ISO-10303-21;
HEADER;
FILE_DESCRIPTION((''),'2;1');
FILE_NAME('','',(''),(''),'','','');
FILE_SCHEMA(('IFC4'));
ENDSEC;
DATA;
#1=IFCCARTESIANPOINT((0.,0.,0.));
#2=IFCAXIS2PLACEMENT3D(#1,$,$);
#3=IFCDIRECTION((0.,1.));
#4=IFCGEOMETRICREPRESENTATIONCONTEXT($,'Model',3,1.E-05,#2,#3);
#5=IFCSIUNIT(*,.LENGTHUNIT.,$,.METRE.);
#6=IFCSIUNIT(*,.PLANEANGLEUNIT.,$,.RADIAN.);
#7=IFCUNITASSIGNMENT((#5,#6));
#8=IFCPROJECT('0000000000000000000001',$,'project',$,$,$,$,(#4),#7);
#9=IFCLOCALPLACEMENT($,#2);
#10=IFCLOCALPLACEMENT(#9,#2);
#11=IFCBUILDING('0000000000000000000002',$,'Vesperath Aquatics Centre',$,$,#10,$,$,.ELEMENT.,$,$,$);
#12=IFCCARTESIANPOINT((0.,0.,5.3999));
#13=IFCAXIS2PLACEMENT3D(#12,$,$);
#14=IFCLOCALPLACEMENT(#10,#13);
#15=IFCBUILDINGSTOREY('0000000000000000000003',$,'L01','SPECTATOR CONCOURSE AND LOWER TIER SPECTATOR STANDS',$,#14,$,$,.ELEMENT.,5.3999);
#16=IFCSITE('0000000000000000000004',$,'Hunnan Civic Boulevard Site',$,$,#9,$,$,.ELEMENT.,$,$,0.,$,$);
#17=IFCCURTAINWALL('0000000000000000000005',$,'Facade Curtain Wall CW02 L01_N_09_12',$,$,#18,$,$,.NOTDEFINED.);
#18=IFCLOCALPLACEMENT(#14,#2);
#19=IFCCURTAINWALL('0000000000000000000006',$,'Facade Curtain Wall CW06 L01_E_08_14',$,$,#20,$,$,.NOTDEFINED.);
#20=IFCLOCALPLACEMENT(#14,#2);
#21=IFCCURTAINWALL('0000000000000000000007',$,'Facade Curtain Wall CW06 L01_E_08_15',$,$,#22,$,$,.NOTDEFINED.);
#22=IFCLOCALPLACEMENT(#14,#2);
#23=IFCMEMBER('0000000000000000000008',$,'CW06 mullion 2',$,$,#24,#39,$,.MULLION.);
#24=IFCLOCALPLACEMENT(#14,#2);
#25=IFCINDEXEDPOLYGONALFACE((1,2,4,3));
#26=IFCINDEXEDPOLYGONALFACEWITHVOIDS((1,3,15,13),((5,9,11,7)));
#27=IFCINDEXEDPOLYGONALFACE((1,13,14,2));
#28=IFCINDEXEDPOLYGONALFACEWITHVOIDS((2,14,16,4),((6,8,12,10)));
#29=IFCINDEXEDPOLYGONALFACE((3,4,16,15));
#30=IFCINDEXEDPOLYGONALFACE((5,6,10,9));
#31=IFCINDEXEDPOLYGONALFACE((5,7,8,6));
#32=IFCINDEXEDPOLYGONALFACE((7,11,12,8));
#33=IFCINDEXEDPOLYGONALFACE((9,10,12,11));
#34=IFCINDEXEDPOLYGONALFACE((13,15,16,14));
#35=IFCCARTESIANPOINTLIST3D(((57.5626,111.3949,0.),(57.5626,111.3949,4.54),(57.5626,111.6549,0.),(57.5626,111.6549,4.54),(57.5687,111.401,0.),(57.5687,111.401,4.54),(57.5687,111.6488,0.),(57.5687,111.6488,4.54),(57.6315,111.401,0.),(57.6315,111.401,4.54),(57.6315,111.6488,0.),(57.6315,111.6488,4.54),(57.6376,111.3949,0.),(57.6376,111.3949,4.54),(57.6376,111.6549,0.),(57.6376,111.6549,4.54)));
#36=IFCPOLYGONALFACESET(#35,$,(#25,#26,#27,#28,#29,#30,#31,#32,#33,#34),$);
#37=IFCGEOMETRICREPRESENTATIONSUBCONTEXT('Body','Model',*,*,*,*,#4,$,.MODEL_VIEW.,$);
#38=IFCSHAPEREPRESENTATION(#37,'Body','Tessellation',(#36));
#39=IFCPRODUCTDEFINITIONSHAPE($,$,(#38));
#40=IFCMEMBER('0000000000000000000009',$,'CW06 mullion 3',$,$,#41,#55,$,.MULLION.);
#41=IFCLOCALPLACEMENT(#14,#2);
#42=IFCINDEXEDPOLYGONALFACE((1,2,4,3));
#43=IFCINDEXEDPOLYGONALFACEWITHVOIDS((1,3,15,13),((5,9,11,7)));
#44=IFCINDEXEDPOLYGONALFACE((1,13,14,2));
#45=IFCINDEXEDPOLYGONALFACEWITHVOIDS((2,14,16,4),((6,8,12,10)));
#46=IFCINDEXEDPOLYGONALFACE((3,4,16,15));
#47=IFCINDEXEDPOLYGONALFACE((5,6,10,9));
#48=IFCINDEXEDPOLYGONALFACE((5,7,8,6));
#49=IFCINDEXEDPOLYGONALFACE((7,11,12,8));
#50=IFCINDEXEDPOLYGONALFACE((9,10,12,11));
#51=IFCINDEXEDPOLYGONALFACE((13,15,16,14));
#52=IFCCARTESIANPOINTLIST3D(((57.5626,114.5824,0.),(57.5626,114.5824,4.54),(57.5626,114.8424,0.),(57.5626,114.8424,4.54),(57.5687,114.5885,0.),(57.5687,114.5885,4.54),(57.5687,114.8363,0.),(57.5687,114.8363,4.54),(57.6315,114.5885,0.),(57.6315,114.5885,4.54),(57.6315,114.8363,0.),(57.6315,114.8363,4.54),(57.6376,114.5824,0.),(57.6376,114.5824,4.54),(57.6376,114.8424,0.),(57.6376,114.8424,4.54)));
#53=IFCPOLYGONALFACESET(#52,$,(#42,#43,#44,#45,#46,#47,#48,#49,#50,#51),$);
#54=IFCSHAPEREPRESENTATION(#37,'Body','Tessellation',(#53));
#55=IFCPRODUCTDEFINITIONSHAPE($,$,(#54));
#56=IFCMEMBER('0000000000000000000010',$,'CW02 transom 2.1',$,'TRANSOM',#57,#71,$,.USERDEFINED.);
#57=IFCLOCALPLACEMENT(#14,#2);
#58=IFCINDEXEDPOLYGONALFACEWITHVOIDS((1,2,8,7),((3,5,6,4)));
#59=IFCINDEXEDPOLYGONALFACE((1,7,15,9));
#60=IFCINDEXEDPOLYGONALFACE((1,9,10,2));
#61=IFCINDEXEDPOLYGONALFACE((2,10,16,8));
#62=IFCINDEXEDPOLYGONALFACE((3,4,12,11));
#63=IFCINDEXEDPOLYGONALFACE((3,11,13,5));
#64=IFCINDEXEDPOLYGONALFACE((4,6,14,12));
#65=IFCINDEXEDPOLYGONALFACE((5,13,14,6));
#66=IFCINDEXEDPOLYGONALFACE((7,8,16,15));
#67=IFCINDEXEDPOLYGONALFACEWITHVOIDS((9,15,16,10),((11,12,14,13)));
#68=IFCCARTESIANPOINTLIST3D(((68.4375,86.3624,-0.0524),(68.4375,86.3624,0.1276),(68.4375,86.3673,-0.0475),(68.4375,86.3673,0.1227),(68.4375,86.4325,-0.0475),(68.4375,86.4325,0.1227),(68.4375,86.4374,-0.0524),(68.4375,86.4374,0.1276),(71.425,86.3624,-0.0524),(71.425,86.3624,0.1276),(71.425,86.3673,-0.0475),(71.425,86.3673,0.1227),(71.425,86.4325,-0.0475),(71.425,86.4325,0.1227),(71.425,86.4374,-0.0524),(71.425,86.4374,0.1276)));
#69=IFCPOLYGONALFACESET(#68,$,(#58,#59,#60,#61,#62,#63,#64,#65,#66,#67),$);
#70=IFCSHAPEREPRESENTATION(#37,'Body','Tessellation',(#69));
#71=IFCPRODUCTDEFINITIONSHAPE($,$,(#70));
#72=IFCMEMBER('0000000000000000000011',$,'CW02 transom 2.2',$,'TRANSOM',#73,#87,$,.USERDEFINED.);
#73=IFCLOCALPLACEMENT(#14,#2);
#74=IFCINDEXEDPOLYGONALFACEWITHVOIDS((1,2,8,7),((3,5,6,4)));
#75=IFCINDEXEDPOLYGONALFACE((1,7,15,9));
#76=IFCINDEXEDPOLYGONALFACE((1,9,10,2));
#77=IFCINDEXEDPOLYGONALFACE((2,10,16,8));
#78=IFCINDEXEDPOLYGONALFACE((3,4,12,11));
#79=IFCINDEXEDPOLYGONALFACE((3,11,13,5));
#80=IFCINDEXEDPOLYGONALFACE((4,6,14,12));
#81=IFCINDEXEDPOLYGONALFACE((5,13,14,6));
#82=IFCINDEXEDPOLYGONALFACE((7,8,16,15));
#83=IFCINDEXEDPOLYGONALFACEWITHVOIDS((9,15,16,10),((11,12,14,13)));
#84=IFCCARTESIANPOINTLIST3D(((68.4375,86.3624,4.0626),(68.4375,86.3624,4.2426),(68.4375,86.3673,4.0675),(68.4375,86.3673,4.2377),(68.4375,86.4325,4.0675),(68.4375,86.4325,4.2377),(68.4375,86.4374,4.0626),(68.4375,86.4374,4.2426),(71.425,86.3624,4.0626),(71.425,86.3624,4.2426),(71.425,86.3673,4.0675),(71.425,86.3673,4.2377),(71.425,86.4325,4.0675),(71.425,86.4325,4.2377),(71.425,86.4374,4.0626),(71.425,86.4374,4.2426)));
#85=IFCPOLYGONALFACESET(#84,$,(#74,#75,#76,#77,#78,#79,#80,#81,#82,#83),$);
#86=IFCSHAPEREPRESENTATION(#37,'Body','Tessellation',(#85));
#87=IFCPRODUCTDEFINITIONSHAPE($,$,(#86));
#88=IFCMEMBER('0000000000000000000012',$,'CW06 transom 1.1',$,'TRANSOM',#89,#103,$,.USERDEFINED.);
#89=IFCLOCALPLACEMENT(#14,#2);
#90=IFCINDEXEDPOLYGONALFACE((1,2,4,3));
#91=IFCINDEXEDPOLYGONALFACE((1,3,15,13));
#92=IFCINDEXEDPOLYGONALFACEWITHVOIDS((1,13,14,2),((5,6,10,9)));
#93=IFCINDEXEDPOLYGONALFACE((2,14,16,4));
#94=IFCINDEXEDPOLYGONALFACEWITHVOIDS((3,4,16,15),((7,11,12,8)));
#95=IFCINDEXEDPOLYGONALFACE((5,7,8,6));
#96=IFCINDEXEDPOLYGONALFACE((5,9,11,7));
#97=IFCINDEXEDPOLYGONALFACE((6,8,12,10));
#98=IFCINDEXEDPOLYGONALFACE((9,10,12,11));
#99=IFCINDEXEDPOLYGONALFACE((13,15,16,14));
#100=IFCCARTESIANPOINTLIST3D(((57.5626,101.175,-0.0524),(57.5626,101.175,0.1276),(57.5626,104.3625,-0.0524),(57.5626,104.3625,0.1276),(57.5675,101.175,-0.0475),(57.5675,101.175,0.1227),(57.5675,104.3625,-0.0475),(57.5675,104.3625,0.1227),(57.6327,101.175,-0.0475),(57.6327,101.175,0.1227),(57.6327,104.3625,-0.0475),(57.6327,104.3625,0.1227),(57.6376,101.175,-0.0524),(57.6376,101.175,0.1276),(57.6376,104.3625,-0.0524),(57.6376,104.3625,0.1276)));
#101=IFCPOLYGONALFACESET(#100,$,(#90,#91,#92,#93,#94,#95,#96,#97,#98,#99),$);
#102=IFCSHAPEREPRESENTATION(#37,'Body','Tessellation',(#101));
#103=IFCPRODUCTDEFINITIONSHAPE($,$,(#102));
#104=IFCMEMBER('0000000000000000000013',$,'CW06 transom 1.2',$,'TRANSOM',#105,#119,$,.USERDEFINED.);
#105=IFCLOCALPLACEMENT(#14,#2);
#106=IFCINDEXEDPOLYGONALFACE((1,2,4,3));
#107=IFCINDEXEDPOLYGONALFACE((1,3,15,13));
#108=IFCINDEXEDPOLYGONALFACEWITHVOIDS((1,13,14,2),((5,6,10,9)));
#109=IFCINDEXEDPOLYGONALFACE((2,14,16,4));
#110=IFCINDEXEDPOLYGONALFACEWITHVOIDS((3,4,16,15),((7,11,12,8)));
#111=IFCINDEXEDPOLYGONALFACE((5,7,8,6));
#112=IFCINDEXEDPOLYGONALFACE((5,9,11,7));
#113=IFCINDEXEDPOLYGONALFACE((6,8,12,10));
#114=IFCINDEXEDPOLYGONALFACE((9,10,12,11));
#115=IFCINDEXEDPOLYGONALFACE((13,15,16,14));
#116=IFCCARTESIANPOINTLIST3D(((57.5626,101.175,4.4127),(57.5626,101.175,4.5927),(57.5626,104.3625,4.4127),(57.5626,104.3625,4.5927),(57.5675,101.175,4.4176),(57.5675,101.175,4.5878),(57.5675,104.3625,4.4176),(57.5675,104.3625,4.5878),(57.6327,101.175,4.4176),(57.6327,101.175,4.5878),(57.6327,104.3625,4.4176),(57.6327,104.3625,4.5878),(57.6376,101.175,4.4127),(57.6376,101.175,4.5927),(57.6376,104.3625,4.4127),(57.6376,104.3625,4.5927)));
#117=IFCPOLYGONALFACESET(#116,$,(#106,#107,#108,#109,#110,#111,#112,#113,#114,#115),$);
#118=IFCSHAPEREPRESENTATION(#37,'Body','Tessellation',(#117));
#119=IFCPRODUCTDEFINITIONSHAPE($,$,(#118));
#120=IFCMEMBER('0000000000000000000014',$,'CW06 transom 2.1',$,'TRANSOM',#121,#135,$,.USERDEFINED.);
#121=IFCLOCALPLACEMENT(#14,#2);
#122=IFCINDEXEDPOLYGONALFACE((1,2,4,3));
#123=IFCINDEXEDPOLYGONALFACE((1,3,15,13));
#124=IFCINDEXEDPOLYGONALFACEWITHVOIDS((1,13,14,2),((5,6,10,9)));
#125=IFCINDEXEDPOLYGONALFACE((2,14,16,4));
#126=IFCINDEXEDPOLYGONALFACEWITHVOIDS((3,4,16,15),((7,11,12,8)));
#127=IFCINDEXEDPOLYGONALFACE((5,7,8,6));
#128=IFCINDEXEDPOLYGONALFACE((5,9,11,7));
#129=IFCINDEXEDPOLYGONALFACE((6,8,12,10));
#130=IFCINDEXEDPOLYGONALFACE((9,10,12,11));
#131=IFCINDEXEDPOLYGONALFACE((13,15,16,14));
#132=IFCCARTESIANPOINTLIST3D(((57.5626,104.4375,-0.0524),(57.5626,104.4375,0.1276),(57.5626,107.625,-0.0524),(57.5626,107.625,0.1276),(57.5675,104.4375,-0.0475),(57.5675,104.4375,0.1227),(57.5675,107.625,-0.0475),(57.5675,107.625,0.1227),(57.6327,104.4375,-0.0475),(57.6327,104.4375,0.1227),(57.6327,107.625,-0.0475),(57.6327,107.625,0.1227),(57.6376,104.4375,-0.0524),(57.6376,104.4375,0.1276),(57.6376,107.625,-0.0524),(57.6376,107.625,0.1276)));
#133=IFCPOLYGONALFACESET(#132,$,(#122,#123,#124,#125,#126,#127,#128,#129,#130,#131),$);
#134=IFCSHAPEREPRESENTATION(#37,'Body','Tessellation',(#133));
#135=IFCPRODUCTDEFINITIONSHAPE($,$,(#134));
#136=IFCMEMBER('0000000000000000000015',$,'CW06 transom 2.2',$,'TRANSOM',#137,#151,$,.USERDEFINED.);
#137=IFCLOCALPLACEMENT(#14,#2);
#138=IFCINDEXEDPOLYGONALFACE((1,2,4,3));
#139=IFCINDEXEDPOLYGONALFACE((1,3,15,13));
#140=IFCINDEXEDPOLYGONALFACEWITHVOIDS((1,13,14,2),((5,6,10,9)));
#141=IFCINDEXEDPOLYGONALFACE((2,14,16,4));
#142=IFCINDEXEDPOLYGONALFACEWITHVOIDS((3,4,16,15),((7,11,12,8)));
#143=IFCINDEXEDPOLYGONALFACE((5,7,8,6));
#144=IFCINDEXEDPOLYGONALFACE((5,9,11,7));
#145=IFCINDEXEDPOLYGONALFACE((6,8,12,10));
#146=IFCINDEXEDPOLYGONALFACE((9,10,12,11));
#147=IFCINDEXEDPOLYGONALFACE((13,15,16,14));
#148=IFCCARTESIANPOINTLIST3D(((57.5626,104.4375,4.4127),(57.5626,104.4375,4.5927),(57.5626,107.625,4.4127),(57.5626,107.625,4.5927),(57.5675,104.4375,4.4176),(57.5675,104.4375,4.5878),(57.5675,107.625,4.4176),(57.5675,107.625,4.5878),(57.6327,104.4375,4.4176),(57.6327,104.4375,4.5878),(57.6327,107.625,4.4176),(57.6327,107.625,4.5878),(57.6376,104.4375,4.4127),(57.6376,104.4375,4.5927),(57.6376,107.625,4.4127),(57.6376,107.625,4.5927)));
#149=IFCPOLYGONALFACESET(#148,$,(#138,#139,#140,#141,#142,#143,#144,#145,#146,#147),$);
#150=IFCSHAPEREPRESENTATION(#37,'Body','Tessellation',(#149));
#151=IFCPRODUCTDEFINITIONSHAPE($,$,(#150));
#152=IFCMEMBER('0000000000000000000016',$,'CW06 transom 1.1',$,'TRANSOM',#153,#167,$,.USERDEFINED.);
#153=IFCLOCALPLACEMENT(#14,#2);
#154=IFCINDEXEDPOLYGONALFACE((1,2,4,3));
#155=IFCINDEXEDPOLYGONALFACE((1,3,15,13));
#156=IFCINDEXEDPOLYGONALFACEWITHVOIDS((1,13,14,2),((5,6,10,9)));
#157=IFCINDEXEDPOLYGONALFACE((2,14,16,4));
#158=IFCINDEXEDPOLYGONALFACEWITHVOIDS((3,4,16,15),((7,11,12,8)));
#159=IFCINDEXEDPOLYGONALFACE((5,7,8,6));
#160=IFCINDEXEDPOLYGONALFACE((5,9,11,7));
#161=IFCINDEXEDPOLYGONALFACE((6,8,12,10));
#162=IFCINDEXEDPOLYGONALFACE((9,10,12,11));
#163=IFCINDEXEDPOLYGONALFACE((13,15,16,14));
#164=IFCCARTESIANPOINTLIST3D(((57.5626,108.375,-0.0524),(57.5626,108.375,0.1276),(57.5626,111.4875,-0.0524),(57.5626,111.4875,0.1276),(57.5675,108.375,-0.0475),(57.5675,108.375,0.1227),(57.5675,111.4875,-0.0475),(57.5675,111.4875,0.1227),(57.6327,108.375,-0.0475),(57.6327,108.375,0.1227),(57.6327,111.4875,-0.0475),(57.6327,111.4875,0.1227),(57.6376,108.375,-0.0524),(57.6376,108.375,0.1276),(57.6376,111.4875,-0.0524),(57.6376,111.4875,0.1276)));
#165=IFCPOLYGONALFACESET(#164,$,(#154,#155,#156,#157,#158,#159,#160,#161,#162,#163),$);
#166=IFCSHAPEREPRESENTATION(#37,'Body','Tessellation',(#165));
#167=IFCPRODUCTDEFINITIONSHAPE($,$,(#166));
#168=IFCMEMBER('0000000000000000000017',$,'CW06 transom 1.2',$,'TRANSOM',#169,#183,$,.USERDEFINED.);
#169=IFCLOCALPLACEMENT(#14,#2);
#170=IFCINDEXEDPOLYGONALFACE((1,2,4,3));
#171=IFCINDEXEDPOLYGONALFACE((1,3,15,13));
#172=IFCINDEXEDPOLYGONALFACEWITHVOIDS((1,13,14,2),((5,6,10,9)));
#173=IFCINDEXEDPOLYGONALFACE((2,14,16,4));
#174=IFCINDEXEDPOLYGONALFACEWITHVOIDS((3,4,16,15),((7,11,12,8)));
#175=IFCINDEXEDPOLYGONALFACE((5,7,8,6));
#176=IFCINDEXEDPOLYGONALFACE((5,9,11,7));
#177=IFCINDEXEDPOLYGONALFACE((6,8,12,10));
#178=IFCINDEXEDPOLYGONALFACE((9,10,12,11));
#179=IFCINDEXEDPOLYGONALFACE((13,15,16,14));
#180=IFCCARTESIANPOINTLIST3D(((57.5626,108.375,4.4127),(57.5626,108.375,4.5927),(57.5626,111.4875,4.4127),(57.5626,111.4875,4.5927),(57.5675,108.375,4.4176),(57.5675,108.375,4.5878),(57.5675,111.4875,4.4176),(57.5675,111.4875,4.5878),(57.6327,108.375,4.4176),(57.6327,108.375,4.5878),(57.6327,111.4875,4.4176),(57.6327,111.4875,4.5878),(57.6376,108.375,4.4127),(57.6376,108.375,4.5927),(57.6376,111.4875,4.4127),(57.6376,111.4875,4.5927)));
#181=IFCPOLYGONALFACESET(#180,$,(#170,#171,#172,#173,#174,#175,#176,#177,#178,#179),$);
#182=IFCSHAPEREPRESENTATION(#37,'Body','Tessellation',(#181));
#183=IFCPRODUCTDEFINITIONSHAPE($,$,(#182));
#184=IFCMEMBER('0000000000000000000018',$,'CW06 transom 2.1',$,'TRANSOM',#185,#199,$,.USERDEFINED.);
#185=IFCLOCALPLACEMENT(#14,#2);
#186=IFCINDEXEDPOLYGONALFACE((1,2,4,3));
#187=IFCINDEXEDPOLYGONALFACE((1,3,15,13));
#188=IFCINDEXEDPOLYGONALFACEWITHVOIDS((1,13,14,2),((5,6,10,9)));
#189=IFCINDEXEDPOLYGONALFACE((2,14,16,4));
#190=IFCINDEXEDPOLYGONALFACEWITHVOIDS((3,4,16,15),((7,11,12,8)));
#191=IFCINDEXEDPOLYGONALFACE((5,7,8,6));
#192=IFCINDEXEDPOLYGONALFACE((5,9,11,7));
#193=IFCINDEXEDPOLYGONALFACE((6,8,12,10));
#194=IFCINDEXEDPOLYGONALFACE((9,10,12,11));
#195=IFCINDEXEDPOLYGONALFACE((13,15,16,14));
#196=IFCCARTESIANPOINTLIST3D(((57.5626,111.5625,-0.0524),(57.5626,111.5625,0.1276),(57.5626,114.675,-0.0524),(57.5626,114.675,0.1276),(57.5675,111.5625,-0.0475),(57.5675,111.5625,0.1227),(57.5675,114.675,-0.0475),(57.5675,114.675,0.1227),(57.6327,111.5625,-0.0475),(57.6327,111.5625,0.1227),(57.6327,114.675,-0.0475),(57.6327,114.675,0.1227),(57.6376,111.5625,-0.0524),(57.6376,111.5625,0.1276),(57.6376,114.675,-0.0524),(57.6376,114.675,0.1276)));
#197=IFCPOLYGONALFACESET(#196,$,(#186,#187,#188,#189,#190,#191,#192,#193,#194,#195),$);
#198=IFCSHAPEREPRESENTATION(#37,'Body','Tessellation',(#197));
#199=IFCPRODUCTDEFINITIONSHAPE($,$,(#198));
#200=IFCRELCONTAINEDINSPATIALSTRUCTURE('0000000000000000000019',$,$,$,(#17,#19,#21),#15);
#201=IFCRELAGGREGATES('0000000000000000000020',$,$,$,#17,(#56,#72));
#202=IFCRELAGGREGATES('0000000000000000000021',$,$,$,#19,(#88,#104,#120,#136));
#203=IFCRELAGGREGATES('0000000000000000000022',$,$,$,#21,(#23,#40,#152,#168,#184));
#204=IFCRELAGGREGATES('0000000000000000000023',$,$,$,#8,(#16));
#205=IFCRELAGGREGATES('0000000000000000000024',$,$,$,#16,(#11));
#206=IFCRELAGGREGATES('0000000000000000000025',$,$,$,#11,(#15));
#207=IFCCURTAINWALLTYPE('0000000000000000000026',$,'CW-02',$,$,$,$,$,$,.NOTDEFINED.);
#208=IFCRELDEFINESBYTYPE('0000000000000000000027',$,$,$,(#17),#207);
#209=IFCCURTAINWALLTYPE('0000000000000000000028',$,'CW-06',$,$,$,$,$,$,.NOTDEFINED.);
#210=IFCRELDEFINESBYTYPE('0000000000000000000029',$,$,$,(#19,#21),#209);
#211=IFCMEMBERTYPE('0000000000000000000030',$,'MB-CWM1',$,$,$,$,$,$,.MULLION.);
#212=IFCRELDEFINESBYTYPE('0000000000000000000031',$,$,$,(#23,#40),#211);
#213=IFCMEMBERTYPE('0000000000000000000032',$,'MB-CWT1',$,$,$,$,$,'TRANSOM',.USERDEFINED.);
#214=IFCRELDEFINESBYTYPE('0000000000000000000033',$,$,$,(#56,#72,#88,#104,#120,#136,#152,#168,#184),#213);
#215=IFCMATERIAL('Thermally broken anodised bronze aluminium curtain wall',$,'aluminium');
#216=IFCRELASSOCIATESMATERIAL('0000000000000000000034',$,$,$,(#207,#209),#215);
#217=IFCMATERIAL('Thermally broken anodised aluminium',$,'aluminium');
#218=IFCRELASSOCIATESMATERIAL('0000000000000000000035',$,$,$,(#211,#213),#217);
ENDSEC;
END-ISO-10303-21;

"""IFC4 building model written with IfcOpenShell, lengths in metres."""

from ifc_helpers import new_model, si_unit, direction, frame, origin, origin_2d, place, context, subcontext, project, spatial, hollow_rectangle, extrude, material, material_profile, profile_set, type_object, element, aggregate, save


model = new_model("IFC4")

# Units and contexts
model_context = context("Model", 3, precision=1e-05, world=origin(), true_north=direction((0.0, 1.0)))
body_context = subcontext(model_context, "Body", "Model", "MODEL_VIEW")
ifc_project = project(units=[si_unit("LENGTHUNIT", "METRE"), si_unit("PLANEANGLEUNIT", "RADIAN")], contexts=[model_context])

# Site, building, storey
site_placement = place(None, origin())
site = spatial("IfcSite", under=ifc_project, at=site_placement, Name="Hunnan Civic Boulevard Site", CompositionType="ELEMENT", RefElevation=0.0)
building_placement = place(site_placement, origin())
building = spatial("IfcBuilding", under=site, at=building_placement, Name="Vesperath Aquatics Centre", CompositionType="ELEMENT")
storey_placement = place(building_placement, frame((0.0, 0.0, 5.3999)))
storey = spatial("IfcBuildingStorey", under=building, at=storey_placement, Name="L01", Description="SPECTATOR CONCOURSE AND LOWER TIER SPECTATOR STANDS", CompositionType="ELEMENT", Elevation=5.3999)

# Curtain wall
ifc_material_1 = material(Name="Thermally broken anodised bronze aluminium curtain wall", Category="aluminium")
curtain_wall_type_1 = type_object("IfcCurtainWallType", Name="CW-02", PredefinedType="NOTDEFINED", material=ifc_material_1)
curtain_wall_1_placement = place(storey_placement, origin())
curtain_wall_1 = element("IfcCurtainWall", 1, at=curtain_wall_1_placement, inside=storey, type_object=curtain_wall_type_1, Name="Facade Curtain Wall CW02 L01_N_09_12", PredefinedType="NOTDEFINED")
ifc_material_2 = material(Name="Thermally broken anodised aluminium", Category="aluminium")
ifc_material_profile_1 = material_profile(ifc_material_2, hollow_rectangle(XDim=0.075, YDim=0.26, WallThickness=0.0061, at=origin_2d()), Name="CWM 75x260x6")
ifc_profile_set_1 = profile_set([ifc_material_profile_1], Name="Thermally broken anodised aluminium")
member_type_1 = type_object("IfcMemberType", Name="MB-CWM1", PredefinedType="MULLION", material=ifc_profile_set_1)

# Shared definitions
curtain_wall_type_2 = type_object("IfcCurtainWallType", Name="CW-06", PredefinedType="NOTDEFINED", material=ifc_material_1)

# Curtain walls, members
curtain_wall_2_placement = place(storey_placement, origin())
curtain_wall_2 = element("IfcCurtainWall", 2, at=curtain_wall_2_placement, inside=storey, type_object=curtain_wall_type_2, Name="Facade Curtain Wall CW06 L01_E_08_14", PredefinedType="NOTDEFINED")
curtain_wall_3_placement = place(storey_placement, origin())
curtain_wall_3 = element("IfcCurtainWall", 3, at=curtain_wall_3_placement, inside=storey, type_object=curtain_wall_type_2, Name="Facade Curtain Wall CW06 L01_E_08_15", PredefinedType="NOTDEFINED")
member_1_placement = place(storey_placement, frame((57.6001, 111.5249, 0.0), z_axis=(0.0, 0.0, 1.0), x_axis=(-1.0, 0.0, 0.0)))
member_1 = element("IfcMember", 4, at=member_1_placement, type_object=member_type_1, Name="CW06 mullion 2", PredefinedType="MULLION", context=body_context, shape_type="SweptSolid", body=[
    extrude(hollow_rectangle(XDim=0.075, YDim=0.26, WallThickness=0.0061, at=origin_2d()), origin(), (0.0, 0.0, 1.0), 4.54),
])
member_2_placement = place(storey_placement, frame((57.6001, 114.7124, 0.0), z_axis=(0.0, 0.0, 1.0), x_axis=(-1.0, 0.0, 0.0)))
member_2 = element("IfcMember", 5, at=member_2_placement, type_object=member_type_1, Name="CW06 mullion 3", PredefinedType="MULLION", context=body_context, shape_type="SweptSolid", body=[
    extrude(hollow_rectangle(XDim=0.075, YDim=0.26, WallThickness=0.0061, at=origin_2d()), origin(), (0.0, 0.0, 1.0), 4.54),
])

# Members
ifc_material_profile_2 = material_profile(ifc_material_2, hollow_rectangle(XDim=0.075, YDim=0.1799, WallThickness=0.0049, at=origin_2d()), Name="CWT 75x180x5")
ifc_profile_set_2 = profile_set([ifc_material_profile_2], Name="Thermally broken anodised aluminium")
member_type_2 = type_object("IfcMemberType", Name="MB-CWT1", ElementType="TRANSOM", PredefinedType="USERDEFINED", material=ifc_profile_set_2)
member_3_placement = place(storey_placement, frame((68.4375, 86.3999, 0.0376), z_axis=(1.0, 0.0, 0.0), x_axis=(0.0, 1.0, 0.0)))
member_3 = element("IfcMember", 6, at=member_3_placement, type_object=member_type_2, Name="CW02 transom 2.1", ObjectType="TRANSOM", PredefinedType="USERDEFINED", context=body_context, shape_type="SweptSolid", body=[
    extrude(hollow_rectangle(XDim=0.075, YDim=0.1799, WallThickness=0.0049, at=origin_2d()), origin(), (0.0, 0.0, 1.0), 2.9875),
])
member_4_placement = place(storey_placement, frame((68.4375, 86.3999, 4.1526), z_axis=(1.0, 0.0, 0.0), x_axis=(0.0, 1.0, 0.0)))
member_4 = element("IfcMember", 7, at=member_4_placement, type_object=member_type_2, Name="CW02 transom 2.2", ObjectType="TRANSOM", PredefinedType="USERDEFINED", context=body_context, shape_type="SweptSolid", body=[
    extrude(hollow_rectangle(XDim=0.075, YDim=0.1799, WallThickness=0.0049, at=origin_2d()), origin(), (0.0, 0.0, 1.0), 2.9875),
])
member_5_placement = place(storey_placement, frame((57.6001, 101.175, 0.0376), z_axis=(0.0, 1.0, 0.0), x_axis=(-1.0, 0.0, 0.0)))
member_5 = element("IfcMember", 8, at=member_5_placement, type_object=member_type_2, Name="CW06 transom 1.1", ObjectType="TRANSOM", PredefinedType="USERDEFINED", context=body_context, shape_type="SweptSolid", body=[
    extrude(hollow_rectangle(XDim=0.075, YDim=0.1799, WallThickness=0.0049, at=origin_2d()), origin(), (0.0, 0.0, 1.0), 3.1875),
])
member_6_placement = place(storey_placement, frame((57.6001, 101.175, 4.5027), z_axis=(0.0, 1.0, 0.0), x_axis=(-1.0, 0.0, 0.0)))
member_6 = element("IfcMember", 9, at=member_6_placement, type_object=member_type_2, Name="CW06 transom 1.2", ObjectType="TRANSOM", PredefinedType="USERDEFINED", context=body_context, shape_type="SweptSolid", body=[
    extrude(hollow_rectangle(XDim=0.075, YDim=0.1799, WallThickness=0.0049, at=origin_2d()), origin(), (0.0, 0.0, 1.0), 3.1875),
])
member_7_placement = place(storey_placement, frame((57.6001, 104.4375, 0.0376), z_axis=(0.0, 1.0, 0.0), x_axis=(-1.0, 0.0, 0.0)))
member_7 = element("IfcMember", 10, at=member_7_placement, type_object=member_type_2, Name="CW06 transom 2.1", ObjectType="TRANSOM", PredefinedType="USERDEFINED", context=body_context, shape_type="SweptSolid", body=[
    extrude(hollow_rectangle(XDim=0.075, YDim=0.1799, WallThickness=0.0049, at=origin_2d()), origin(), (0.0, 0.0, 1.0), 3.1875),
])
member_8_placement = place(storey_placement, frame((57.6001, 104.4375, 4.5027), z_axis=(0.0, 1.0, 0.0), x_axis=(-1.0, 0.0, 0.0)))
member_8 = element("IfcMember", 11, at=member_8_placement, type_object=member_type_2, Name="CW06 transom 2.2", ObjectType="TRANSOM", PredefinedType="USERDEFINED", context=body_context, shape_type="SweptSolid", body=[
    extrude(hollow_rectangle(XDim=0.075, YDim=0.1799, WallThickness=0.0049, at=origin_2d()), origin(), (0.0, 0.0, 1.0), 3.1875),
])
member_9_placement = place(storey_placement, frame((57.6001, 108.375, 0.0376), z_axis=(0.0, 1.0, 0.0), x_axis=(-1.0, 0.0, 0.0)))
member_9 = element("IfcMember", 12, at=member_9_placement, type_object=member_type_2, Name="CW06 transom 1.1", ObjectType="TRANSOM", PredefinedType="USERDEFINED", context=body_context, shape_type="SweptSolid", body=[
    extrude(hollow_rectangle(XDim=0.075, YDim=0.1799, WallThickness=0.0049, at=origin_2d()), origin(), (0.0, 0.0, 1.0), 3.1125),
])
member_10_placement = place(storey_placement, frame((57.6001, 108.375, 4.5027), z_axis=(0.0, 1.0, 0.0), x_axis=(-1.0, 0.0, 0.0)))
member_10 = element("IfcMember", 13, at=member_10_placement, type_object=member_type_2, Name="CW06 transom 1.2", ObjectType="TRANSOM", PredefinedType="USERDEFINED", context=body_context, shape_type="SweptSolid", body=[
    extrude(hollow_rectangle(XDim=0.075, YDim=0.1799, WallThickness=0.0049, at=origin_2d()), origin(), (0.0, 0.0, 1.0), 3.1125),
])
member_11_placement = place(storey_placement, frame((57.6001, 111.5625, 0.0376), z_axis=(0.0, 1.0, 0.0), x_axis=(-1.0, 0.0, 0.0)))
member_11 = element("IfcMember", 14, at=member_11_placement, type_object=member_type_2, Name="CW06 transom 2.1", ObjectType="TRANSOM", PredefinedType="USERDEFINED", context=body_context, shape_type="SweptSolid", body=[
    extrude(hollow_rectangle(XDim=0.075, YDim=0.1799, WallThickness=0.0049, at=origin_2d()), origin(), (0.0, 0.0, 1.0), 3.1125),
])

aggregate(curtain_wall_1, [member_3, member_4])
aggregate(curtain_wall_2, [member_5, member_6, member_7, member_8])
aggregate(curtain_wall_3, [member_1, member_2, member_9, member_10, member_11])

save(model, "model.ifc")
